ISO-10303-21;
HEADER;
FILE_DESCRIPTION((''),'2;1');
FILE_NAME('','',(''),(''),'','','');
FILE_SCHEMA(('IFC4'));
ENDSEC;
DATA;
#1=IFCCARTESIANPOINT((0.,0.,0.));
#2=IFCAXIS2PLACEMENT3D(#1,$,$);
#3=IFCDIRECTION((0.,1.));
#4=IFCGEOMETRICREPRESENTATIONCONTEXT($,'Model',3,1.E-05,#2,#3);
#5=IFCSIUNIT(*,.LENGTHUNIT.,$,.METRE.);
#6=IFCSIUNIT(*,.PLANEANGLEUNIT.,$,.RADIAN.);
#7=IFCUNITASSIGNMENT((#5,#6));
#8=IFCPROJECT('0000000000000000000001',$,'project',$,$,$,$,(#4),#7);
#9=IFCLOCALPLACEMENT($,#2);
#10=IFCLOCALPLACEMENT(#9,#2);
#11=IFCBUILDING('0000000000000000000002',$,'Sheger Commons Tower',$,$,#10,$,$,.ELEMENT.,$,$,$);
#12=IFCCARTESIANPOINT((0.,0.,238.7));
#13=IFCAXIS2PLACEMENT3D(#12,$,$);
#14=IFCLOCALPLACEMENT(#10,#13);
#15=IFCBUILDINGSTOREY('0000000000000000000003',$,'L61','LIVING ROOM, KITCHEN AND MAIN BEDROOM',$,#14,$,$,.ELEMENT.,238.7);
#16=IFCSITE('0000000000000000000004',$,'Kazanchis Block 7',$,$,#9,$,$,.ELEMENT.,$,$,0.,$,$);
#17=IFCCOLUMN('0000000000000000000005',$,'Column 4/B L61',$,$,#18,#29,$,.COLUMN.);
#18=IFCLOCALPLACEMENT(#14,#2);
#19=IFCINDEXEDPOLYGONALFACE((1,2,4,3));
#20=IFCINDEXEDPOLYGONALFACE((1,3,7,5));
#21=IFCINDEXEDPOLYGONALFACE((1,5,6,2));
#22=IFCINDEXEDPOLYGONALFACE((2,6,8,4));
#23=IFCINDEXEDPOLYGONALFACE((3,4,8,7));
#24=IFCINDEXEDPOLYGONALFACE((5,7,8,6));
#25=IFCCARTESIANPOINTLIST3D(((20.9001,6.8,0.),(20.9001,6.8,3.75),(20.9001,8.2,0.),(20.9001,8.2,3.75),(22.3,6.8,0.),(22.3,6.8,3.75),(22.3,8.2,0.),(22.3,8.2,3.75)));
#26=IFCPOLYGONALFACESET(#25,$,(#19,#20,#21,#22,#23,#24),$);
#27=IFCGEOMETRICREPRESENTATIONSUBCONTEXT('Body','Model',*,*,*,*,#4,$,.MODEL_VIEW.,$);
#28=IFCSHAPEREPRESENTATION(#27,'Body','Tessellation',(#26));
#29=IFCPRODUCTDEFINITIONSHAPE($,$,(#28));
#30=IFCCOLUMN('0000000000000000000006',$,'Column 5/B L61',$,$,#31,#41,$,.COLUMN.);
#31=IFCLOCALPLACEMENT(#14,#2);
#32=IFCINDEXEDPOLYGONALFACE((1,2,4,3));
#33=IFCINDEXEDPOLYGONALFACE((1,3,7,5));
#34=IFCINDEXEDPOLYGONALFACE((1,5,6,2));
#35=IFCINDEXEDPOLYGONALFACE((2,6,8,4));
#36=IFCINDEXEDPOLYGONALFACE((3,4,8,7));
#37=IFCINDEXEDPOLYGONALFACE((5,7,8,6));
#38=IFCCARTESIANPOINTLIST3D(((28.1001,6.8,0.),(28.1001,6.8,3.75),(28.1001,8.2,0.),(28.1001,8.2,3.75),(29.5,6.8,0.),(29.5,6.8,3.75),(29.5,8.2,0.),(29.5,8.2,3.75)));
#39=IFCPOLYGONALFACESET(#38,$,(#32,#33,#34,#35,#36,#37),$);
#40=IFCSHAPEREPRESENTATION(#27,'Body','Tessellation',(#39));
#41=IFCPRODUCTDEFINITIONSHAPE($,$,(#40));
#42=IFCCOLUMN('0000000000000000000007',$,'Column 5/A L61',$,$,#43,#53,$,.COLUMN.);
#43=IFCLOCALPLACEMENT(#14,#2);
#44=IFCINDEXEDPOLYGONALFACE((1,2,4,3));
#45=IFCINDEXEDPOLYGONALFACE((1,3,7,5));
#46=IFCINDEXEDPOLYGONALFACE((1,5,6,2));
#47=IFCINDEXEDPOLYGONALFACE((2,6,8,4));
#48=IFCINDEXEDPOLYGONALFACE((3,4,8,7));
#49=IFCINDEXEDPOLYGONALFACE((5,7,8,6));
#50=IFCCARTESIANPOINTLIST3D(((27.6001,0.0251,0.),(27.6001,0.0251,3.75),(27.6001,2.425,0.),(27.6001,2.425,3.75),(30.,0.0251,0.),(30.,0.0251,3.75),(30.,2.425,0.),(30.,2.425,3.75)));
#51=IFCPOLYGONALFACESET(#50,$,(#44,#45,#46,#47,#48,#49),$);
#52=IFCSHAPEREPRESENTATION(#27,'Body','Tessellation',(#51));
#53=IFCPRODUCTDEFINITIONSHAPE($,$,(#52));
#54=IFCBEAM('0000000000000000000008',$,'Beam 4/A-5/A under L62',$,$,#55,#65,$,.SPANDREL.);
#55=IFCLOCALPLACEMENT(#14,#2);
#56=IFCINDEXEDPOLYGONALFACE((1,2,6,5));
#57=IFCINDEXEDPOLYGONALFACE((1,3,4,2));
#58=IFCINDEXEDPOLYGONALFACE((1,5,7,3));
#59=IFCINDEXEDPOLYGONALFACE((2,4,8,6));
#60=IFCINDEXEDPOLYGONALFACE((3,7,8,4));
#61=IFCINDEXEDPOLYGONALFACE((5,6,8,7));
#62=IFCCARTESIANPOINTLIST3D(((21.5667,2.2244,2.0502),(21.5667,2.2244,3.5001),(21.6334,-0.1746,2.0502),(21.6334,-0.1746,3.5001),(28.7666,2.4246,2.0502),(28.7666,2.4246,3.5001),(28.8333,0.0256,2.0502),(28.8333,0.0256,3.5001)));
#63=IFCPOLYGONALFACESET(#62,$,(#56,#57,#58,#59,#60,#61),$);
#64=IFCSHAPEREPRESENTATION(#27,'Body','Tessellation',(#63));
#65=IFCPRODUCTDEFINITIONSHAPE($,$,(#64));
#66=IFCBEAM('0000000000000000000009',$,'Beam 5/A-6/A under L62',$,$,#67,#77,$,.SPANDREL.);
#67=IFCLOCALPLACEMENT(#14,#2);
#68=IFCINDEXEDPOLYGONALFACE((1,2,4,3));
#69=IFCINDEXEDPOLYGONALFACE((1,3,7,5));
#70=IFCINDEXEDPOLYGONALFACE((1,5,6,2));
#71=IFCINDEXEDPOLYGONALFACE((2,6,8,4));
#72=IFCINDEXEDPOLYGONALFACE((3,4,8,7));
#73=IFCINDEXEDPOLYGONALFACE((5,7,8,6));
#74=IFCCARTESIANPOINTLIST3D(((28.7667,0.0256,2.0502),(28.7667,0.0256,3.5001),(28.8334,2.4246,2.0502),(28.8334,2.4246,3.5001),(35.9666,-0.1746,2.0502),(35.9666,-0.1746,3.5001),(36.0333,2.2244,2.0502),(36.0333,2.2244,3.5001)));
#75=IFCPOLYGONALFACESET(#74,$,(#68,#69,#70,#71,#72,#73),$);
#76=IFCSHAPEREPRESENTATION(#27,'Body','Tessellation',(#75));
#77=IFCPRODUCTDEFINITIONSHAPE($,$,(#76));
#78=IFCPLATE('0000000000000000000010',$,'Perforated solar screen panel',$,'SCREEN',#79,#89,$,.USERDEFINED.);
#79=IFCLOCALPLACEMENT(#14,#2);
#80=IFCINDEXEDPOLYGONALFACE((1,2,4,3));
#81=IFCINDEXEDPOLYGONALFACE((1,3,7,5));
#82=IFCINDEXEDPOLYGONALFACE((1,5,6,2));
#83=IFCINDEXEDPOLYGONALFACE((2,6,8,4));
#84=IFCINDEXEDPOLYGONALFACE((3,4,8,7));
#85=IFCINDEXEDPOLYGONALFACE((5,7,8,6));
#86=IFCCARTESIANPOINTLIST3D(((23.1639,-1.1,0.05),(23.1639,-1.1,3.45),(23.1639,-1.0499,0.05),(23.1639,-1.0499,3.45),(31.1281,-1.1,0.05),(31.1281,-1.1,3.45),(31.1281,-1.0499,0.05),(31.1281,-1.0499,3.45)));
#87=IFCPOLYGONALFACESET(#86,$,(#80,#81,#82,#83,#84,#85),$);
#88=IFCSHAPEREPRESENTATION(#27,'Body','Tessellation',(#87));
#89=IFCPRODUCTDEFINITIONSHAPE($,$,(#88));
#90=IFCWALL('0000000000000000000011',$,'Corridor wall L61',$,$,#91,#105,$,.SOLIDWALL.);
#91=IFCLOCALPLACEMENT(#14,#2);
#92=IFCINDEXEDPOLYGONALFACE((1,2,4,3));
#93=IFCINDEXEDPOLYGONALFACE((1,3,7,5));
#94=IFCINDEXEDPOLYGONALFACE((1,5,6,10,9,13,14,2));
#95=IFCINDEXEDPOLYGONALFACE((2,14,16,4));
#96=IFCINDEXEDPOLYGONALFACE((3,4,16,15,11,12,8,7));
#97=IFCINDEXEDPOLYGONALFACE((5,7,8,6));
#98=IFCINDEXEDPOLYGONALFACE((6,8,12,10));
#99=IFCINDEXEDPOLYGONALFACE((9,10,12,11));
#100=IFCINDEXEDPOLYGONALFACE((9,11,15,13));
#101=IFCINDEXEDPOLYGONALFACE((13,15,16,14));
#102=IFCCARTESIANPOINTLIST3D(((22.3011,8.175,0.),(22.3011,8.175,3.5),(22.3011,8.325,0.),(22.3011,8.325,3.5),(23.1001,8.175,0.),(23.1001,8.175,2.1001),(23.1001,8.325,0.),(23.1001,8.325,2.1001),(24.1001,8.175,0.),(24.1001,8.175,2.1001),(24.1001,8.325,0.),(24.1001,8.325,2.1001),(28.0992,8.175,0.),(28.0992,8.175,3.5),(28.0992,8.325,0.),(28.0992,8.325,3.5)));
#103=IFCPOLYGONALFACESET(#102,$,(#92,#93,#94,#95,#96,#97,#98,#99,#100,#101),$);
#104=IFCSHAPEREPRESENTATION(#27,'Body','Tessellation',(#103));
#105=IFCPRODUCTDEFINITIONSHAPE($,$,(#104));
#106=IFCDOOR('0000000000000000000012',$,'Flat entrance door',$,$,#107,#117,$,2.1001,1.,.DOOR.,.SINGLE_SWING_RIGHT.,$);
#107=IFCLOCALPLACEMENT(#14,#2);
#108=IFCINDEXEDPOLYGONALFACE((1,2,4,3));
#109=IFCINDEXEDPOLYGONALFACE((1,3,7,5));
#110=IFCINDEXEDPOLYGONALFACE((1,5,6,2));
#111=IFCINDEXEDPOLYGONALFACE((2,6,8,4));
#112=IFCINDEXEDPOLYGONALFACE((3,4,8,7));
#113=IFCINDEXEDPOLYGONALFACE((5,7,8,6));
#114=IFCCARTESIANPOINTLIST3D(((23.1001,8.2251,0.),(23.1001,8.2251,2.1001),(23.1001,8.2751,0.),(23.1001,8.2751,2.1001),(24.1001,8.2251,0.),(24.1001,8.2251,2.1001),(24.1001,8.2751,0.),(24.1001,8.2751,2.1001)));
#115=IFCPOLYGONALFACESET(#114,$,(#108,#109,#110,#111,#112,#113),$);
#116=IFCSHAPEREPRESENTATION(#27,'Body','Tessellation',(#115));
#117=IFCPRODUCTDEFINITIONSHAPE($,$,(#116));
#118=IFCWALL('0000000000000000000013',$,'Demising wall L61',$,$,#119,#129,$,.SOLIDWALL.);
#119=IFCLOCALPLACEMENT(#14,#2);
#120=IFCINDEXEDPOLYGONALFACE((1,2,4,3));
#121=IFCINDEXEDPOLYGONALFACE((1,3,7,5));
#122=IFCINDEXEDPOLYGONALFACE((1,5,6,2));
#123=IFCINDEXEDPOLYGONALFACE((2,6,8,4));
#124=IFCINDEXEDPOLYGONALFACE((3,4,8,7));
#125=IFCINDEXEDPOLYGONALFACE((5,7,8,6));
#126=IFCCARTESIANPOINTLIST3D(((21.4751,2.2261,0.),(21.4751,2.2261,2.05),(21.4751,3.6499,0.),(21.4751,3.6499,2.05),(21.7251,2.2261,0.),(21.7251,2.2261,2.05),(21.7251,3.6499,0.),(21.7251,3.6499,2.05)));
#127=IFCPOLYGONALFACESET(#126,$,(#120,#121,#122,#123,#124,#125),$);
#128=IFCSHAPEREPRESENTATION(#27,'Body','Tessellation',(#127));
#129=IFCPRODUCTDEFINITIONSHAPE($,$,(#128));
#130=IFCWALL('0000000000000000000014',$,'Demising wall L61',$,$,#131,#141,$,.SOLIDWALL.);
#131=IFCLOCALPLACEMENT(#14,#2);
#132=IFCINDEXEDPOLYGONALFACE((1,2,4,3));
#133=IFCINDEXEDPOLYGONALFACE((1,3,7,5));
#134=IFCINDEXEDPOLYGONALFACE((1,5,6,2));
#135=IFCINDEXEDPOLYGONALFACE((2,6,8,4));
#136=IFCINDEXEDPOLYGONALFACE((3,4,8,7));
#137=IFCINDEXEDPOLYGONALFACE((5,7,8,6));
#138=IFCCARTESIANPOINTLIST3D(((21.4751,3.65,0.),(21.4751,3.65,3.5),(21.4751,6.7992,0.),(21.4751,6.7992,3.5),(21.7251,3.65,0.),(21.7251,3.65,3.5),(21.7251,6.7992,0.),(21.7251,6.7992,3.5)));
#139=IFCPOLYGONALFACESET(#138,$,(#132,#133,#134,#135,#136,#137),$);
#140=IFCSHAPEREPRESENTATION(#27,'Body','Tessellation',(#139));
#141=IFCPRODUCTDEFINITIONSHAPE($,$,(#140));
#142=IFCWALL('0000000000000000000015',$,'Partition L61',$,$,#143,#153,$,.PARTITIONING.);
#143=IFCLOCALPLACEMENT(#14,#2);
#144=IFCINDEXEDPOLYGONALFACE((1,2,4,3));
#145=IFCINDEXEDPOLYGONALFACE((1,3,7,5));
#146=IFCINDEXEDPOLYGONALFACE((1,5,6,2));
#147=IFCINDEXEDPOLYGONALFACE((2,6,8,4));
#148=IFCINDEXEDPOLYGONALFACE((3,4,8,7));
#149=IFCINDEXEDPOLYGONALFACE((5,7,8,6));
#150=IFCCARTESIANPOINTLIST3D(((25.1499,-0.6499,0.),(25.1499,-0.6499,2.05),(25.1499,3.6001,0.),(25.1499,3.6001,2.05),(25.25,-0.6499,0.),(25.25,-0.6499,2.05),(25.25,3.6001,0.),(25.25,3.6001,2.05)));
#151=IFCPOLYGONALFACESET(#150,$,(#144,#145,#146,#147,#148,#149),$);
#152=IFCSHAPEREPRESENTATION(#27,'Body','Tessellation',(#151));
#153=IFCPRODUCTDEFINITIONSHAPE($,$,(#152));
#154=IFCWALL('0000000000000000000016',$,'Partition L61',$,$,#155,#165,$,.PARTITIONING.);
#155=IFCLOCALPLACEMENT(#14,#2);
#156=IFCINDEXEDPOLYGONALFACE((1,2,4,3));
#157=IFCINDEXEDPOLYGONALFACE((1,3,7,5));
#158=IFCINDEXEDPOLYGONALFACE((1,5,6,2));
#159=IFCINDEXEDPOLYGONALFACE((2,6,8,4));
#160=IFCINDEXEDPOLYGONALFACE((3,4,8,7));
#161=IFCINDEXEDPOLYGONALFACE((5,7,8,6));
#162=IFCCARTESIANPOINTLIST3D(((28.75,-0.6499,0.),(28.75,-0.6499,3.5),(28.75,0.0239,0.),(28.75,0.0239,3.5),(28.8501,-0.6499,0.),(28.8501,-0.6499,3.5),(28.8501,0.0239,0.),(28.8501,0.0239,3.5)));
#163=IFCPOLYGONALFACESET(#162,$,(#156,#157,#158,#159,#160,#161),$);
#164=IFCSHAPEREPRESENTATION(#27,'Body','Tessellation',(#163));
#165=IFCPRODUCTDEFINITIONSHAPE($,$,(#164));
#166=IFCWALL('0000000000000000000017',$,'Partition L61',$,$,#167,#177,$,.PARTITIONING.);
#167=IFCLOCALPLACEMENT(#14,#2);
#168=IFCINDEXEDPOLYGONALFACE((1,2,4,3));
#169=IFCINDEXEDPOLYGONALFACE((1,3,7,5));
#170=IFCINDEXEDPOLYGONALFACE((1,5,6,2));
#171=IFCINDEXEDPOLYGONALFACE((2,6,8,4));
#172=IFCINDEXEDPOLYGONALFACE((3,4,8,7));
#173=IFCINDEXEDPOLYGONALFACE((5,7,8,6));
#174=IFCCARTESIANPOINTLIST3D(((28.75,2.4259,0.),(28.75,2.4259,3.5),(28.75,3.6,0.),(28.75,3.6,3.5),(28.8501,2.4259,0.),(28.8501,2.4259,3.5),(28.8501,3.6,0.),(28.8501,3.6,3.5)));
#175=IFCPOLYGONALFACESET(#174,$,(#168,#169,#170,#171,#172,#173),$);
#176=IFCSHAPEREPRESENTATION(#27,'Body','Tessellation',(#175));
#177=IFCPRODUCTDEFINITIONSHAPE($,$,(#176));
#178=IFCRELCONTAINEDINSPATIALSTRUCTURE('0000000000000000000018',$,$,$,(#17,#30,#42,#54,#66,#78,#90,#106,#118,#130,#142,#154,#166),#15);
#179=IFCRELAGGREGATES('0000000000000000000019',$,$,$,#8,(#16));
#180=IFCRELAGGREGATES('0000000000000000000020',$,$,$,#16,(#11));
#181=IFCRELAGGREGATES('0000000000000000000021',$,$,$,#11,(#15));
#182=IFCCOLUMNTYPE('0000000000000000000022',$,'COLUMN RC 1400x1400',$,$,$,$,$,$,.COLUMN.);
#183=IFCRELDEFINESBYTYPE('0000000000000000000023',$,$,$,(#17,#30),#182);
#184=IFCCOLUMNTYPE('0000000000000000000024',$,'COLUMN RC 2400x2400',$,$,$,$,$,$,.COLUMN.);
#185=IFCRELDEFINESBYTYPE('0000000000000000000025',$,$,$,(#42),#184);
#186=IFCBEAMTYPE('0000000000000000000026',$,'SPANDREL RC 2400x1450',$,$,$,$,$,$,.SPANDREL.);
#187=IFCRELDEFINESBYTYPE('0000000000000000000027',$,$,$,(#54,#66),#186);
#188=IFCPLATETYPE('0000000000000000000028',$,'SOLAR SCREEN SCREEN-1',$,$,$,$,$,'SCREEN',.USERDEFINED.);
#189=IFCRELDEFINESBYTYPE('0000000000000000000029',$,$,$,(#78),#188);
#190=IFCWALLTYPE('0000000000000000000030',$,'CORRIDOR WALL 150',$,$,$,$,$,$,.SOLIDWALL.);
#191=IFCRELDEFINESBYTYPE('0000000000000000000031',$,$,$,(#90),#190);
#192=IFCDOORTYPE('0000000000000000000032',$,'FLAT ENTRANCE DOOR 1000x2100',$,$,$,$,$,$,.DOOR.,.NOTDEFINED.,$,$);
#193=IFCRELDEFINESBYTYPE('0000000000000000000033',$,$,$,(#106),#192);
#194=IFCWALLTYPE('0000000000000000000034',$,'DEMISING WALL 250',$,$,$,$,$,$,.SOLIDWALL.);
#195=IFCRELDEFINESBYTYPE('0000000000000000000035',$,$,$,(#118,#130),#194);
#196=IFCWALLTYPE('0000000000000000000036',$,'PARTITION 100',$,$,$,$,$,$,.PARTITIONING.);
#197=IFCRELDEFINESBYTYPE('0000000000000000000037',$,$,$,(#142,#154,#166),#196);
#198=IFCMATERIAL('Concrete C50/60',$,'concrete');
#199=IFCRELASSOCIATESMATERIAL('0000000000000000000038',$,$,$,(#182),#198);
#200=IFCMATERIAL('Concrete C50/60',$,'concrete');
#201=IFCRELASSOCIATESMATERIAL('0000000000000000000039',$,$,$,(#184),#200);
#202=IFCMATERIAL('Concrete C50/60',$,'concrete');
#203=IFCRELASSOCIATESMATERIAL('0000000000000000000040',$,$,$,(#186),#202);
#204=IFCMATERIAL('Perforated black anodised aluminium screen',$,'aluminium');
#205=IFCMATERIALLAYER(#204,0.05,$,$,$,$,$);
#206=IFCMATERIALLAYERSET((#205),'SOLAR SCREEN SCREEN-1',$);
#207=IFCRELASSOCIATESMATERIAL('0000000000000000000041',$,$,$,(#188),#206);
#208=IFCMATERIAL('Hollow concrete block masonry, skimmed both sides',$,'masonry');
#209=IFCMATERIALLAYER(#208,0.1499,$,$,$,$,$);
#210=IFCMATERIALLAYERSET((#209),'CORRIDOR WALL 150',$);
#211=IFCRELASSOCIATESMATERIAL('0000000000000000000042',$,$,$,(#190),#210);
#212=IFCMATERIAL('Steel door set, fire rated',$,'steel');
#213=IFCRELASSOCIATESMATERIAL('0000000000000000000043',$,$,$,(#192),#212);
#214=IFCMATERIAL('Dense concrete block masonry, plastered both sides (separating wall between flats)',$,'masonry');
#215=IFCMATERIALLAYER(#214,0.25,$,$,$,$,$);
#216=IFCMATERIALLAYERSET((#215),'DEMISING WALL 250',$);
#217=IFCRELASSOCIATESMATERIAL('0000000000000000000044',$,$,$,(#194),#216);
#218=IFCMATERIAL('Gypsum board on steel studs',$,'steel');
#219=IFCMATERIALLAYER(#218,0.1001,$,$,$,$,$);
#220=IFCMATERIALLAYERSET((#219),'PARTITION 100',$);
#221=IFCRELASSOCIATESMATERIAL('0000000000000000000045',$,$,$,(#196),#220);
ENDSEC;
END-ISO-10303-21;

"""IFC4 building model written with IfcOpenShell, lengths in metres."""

from ifc_helpers import new_model, si_unit, direction, frame, frame_2d, origin, origin_2d, place, context, subcontext, project, spatial, rectangle, extrude, material, layer, layer_set, material_profile, profile_set, type_object, element, fill, save


model = new_model("IFC4")

# Units and contexts
model_context = context("Model", 3, precision=1e-05, world=origin(), true_north=direction((0.0, 1.0)))
body_context = subcontext(model_context, "Body", "Model", "MODEL_VIEW")
ifc_project = project(units=[si_unit("LENGTHUNIT", "METRE"), si_unit("PLANEANGLEUNIT", "RADIAN")], contexts=[model_context])

# Site, building, storey
site_placement = place(None, origin())
site = spatial("IfcSite", under=ifc_project, at=site_placement, Name="Kazanchis Block 7", CompositionType="ELEMENT", RefElevation=0.0)
building_placement = place(site_placement, origin())
building = spatial("IfcBuilding", under=site, at=building_placement, Name="Sheger Commons Tower", CompositionType="ELEMENT")
storey_placement = place(building_placement, frame((0.0, 0.0, 238.7)))
storey = spatial("IfcBuildingStorey", under=building, at=storey_placement, Name="L61", Description="LIVING ROOM, KITCHEN AND MAIN BEDROOM", CompositionType="ELEMENT", Elevation=238.7)

# Columns
ifc_material_1 = material(Name="Concrete C50/60", Category="concrete")
ifc_material_profile_1 = material_profile(ifc_material_1, rectangle(XDim=1.3999, YDim=1.3999, at=origin_2d()), Name="RC 1400x1400")
ifc_profile_set_1 = profile_set([ifc_material_profile_1], Name="Concrete C50/60")
column_type_1 = type_object("IfcColumnType", Name="COLUMN RC 1400x1400", PredefinedType="COLUMN", material=ifc_profile_set_1)
for number, where, z_axis, x_axis, name in (
    (1, (21.6001, 7.5, 0.0), (0.0, 0.0, 1.0), (1.0, 0.0, 0.0), "Column 4/B L61"),
    (2, (28.8, 7.5, 0.0), (0.0, 0.0, 1.0), (1.0, 0.0, 0.0), "Column 5/B L61"),
):
    element("IfcColumn", number, at=place(storey_placement, frame(where, z_axis=z_axis, x_axis=x_axis)), inside=storey, type_object=column_type_1, Name=name, PredefinedType="COLUMN", context=body_context, shape_type="SweptSolid", body=[
        extrude(rectangle(XDim=1.3999, YDim=1.3999, at=origin_2d()), origin(), (0.0, 0.0, 1.0), 3.75),
    ])
ifc_material_2 = material(Name="Concrete C50/60", Category="concrete")
ifc_material_profile_2 = material_profile(ifc_material_2, rectangle(XDim=2.3999, YDim=2.3999, at=origin_2d()), Name="RC 2400x2400")
ifc_profile_set_2 = profile_set([ifc_material_profile_2], Name="Concrete C50/60")
column_type_2 = type_object("IfcColumnType", Name="COLUMN RC 2400x2400", PredefinedType="COLUMN", material=ifc_profile_set_2)
column_placement = place(storey_placement, frame((28.8, 1.2251, 0.0), z_axis=(0.0, 0.0, 1.0), x_axis=(1.0, 0.0, 0.0)))
element("IfcColumn", 3, at=column_placement, inside=storey, type_object=column_type_2, Name="Column 5/A L61", PredefinedType="COLUMN", context=body_context, shape_type="SweptSolid", body=[
    extrude(rectangle(XDim=2.3999, YDim=2.3999, at=origin_2d()), origin(), (0.0, 0.0, 1.0), 3.75),
])

# Beams
ifc_material_3 = material(Name="Concrete C50/60", Category="concrete")
ifc_material_profile_3 = material_profile(ifc_material_3, rectangle(XDim=2.3999, YDim=1.45, at=origin_2d()), Name="RC 2400x1450")
ifc_profile_set_3 = profile_set([ifc_material_profile_3], Name="Concrete C50/60")
beam_type = type_object("IfcBeamType", Name="SPANDREL RC 2400x1450", PredefinedType="SPANDREL", material=ifc_profile_set_3)
for number, where, z_axis, x_axis, name in (
    (4, (21.6001, 1.0249, 2.7751), (0.999614, 0.027794, 0.0), (-0.027794, 0.999614, 0.0), "Beam 4/A-5/A under L62"),
    (5, (28.8, 1.2251, 2.7751), (0.999614, -0.027794, 0.0), (0.027794, 0.999614, 0.0), "Beam 5/A-6/A under L62"),
):
    element("IfcBeam", number, at=place(storey_placement, frame(where, z_axis=z_axis, x_axis=x_axis)), inside=storey, type_object=beam_type, Name=name, PredefinedType="SPANDREL", context=body_context, shape_type="SweptSolid", body=[
        extrude(rectangle(XDim=2.3999, YDim=1.45, at=origin_2d()), origin(), (0.0, 0.0, 1.0), 7.2026),
    ])

# Plate
ifc_material_4 = material(Name="Perforated black anodised aluminium screen", Category="aluminium")
ifc_layer_1 = layer(ifc_material_4, 0.05)
ifc_layer_set_1 = layer_set([ifc_layer_1], Name="SOLAR SCREEN SCREEN-1")
plate_type = type_object("IfcPlateType", Name="SOLAR SCREEN SCREEN-1", ElementType="SCREEN", PredefinedType="USERDEFINED", material=ifc_layer_set_1)
plate_placement = place(storey_placement, frame((27.146, -1.075, 0.05), z_axis=(0.0, 0.0, 1.0), x_axis=(1.0, 0.0, 0.0)))
element("IfcPlate", 6, at=plate_placement, inside=storey, type_object=plate_type, Name="Perforated solar screen panel", ObjectType="SCREEN", PredefinedType="USERDEFINED", context=body_context, shape_type="SweptSolid", body=[
    extrude(rectangle(XDim=7.9641, YDim=0.05, at=origin_2d()), origin(), (0.0, 0.0, 1.0), 3.3999),
])

# Wall, opening, door
ifc_material_5 = material(Name="Hollow concrete block masonry, skimmed both sides", Category="masonry")
ifc_layer_2 = layer(ifc_material_5, 0.1499)
ifc_layer_set_2 = layer_set([ifc_layer_2], Name="CORRIDOR WALL 150")
wall_type_1 = type_object("IfcWallType", Name="CORRIDOR WALL 150", PredefinedType="SOLIDWALL", material=ifc_layer_set_2)
wall_1_placement = place(storey_placement, frame((28.0991, 8.25, 0.0), z_axis=(0.0, 0.0, 1.0), x_axis=(-1.0, 0.0, 0.0)))
wall_1 = element("IfcWall", 7, at=wall_1_placement, inside=storey, type_object=wall_type_1, Name="Corridor wall L61", PredefinedType="SOLIDWALL", context=body_context, shape_type="SweptSolid", body=[
    extrude(rectangle(XDim=5.7981, YDim=0.1499, at=frame_2d((2.8989, 0.0))), origin(), (0.0, 0.0, 1.0), 3.5),
])
opening_placement = place(wall_1_placement, frame((3.999, 0.0, 0.0)))
opening = element("IfcOpeningElement", 8, at=opening_placement, cuts=wall_1, PredefinedType="OPENING", context=body_context, shape_type="SweptSolid", body=[
    extrude(rectangle(XDim=1.0, YDim=2.1001, at=frame_2d((0.5, 1.05))), frame((0.0, 0.085, 0.0), z_axis=(0.0, -1.0, 0.0), x_axis=(1.0, 0.0, 0.0)), (0.0, 0.0, 1.0), 0.1699),
])
ifc_material_6 = material(Name="Steel door set, fire rated", Category="steel")
door_type = type_object("IfcDoorType", Name="FLAT ENTRANCE DOOR 1000x2100", OperationType="NOTDEFINED", PredefinedType="DOOR", material=ifc_material_6)
door_placement = place(opening_placement, origin())
door = element("IfcDoor", 9, at=door_placement, inside=storey, type_object=door_type, Name="Flat entrance door", OperationType="SINGLE_SWING_RIGHT", OverallHeight=2.1001, OverallWidth=1.0, PredefinedType="DOOR", context=body_context, shape_type="SweptSolid", body=[
    extrude(rectangle(XDim=1.0, YDim=2.1001, at=frame_2d((0.5, 1.05))), frame((0.0, 0.0249, 0.0), z_axis=(0.0, -1.0, 0.0), x_axis=(1.0, 0.0, 0.0)), (0.0, 0.0, 1.0), 0.05),
])
fill(opening, door)

# Walls
ifc_material_7 = material(Name="Dense concrete block masonry, plastered both sides (separating wall between flats)", Category="masonry")
ifc_layer_3 = layer(ifc_material_7, 0.25)
ifc_layer_set_3 = layer_set([ifc_layer_3], Name="DEMISING WALL 250")
wall_type_2 = type_object("IfcWallType", Name="DEMISING WALL 250", PredefinedType="SOLIDWALL", material=ifc_layer_set_3)
wall_2_placement = place(storey_placement, frame((21.6001, 2.2261, 0.0), z_axis=(0.0, 0.0, 1.0), x_axis=(0.0, 1.0, 0.0)))
element("IfcWall", 10, at=wall_2_placement, inside=storey, type_object=wall_type_2, Name="Demising wall L61", PredefinedType="SOLIDWALL", context=body_context, shape_type="SweptSolid", body=[
    extrude(rectangle(XDim=1.4238, YDim=0.25, at=frame_2d((0.7119, 0.0))), origin(), (0.0, 0.0, 1.0), 2.05),
])
wall_3_placement = place(storey_placement, frame((21.6001, 3.6499, 0.0), z_axis=(0.0, 0.0, 1.0), x_axis=(0.0, 1.0, 0.0)))
element("IfcWall", 11, at=wall_3_placement, inside=storey, type_object=wall_type_2, Name="Demising wall L61", PredefinedType="SOLIDWALL", context=body_context, shape_type="SweptSolid", body=[
    extrude(rectangle(XDim=3.1492, YDim=0.25, at=frame_2d((1.5747, 0.0))), origin(), (0.0, 0.0, 1.0), 3.5),
])
ifc_material_8 = material(Name="Gypsum board on steel studs", Category="steel")
ifc_layer_4 = layer(ifc_material_8, 0.1001)
ifc_layer_set_4 = layer_set([ifc_layer_4], Name="PARTITION 100")
wall_type_3 = type_object("IfcWallType", Name="PARTITION 100", PredefinedType="PARTITIONING", material=ifc_layer_set_4)
wall_4_placement = place(storey_placement, frame((25.2, -0.6499, 0.0), z_axis=(0.0, 0.0, 1.0), x_axis=(0.0, 1.0, 0.0)))
element("IfcWall", 12, at=wall_4_placement, inside=storey, type_object=wall_type_3, Name="Partition L61", PredefinedType="PARTITIONING", context=body_context, shape_type="SweptSolid", body=[
    extrude(rectangle(XDim=4.25, YDim=0.1001, at=frame_2d((2.125, 0.0))), origin(), (0.0, 0.0, 1.0), 2.05),
])
wall_5_placement = place(storey_placement, frame((28.8, -0.6499, 0.0), z_axis=(0.0, 0.0, 1.0), x_axis=(0.0, 1.0, 0.0)))
element("IfcWall", 13, at=wall_5_placement, inside=storey, type_object=wall_type_3, Name="Partition L61", PredefinedType="PARTITIONING", context=body_context, shape_type="SweptSolid", body=[
    extrude(rectangle(XDim=0.6738, YDim=0.1001, at=frame_2d((0.3369, 0.0))), origin(), (0.0, 0.0, 1.0), 3.5),
])
wall_6_placement = place(storey_placement, frame((28.8, 2.426, 0.0), z_axis=(0.0, 0.0, 1.0), x_axis=(0.0, 1.0, 0.0)))
element("IfcWall", 14, at=wall_6_placement, inside=storey, type_object=wall_type_3, Name="Partition L61", PredefinedType="PARTITIONING", context=body_context, shape_type="SweptSolid", body=[
    extrude(rectangle(XDim=1.1741, YDim=0.1001, at=frame_2d((0.5869, 0.0))), origin(), (0.0, 0.0, 1.0), 3.5),
])

save(model, "model.ifc")
